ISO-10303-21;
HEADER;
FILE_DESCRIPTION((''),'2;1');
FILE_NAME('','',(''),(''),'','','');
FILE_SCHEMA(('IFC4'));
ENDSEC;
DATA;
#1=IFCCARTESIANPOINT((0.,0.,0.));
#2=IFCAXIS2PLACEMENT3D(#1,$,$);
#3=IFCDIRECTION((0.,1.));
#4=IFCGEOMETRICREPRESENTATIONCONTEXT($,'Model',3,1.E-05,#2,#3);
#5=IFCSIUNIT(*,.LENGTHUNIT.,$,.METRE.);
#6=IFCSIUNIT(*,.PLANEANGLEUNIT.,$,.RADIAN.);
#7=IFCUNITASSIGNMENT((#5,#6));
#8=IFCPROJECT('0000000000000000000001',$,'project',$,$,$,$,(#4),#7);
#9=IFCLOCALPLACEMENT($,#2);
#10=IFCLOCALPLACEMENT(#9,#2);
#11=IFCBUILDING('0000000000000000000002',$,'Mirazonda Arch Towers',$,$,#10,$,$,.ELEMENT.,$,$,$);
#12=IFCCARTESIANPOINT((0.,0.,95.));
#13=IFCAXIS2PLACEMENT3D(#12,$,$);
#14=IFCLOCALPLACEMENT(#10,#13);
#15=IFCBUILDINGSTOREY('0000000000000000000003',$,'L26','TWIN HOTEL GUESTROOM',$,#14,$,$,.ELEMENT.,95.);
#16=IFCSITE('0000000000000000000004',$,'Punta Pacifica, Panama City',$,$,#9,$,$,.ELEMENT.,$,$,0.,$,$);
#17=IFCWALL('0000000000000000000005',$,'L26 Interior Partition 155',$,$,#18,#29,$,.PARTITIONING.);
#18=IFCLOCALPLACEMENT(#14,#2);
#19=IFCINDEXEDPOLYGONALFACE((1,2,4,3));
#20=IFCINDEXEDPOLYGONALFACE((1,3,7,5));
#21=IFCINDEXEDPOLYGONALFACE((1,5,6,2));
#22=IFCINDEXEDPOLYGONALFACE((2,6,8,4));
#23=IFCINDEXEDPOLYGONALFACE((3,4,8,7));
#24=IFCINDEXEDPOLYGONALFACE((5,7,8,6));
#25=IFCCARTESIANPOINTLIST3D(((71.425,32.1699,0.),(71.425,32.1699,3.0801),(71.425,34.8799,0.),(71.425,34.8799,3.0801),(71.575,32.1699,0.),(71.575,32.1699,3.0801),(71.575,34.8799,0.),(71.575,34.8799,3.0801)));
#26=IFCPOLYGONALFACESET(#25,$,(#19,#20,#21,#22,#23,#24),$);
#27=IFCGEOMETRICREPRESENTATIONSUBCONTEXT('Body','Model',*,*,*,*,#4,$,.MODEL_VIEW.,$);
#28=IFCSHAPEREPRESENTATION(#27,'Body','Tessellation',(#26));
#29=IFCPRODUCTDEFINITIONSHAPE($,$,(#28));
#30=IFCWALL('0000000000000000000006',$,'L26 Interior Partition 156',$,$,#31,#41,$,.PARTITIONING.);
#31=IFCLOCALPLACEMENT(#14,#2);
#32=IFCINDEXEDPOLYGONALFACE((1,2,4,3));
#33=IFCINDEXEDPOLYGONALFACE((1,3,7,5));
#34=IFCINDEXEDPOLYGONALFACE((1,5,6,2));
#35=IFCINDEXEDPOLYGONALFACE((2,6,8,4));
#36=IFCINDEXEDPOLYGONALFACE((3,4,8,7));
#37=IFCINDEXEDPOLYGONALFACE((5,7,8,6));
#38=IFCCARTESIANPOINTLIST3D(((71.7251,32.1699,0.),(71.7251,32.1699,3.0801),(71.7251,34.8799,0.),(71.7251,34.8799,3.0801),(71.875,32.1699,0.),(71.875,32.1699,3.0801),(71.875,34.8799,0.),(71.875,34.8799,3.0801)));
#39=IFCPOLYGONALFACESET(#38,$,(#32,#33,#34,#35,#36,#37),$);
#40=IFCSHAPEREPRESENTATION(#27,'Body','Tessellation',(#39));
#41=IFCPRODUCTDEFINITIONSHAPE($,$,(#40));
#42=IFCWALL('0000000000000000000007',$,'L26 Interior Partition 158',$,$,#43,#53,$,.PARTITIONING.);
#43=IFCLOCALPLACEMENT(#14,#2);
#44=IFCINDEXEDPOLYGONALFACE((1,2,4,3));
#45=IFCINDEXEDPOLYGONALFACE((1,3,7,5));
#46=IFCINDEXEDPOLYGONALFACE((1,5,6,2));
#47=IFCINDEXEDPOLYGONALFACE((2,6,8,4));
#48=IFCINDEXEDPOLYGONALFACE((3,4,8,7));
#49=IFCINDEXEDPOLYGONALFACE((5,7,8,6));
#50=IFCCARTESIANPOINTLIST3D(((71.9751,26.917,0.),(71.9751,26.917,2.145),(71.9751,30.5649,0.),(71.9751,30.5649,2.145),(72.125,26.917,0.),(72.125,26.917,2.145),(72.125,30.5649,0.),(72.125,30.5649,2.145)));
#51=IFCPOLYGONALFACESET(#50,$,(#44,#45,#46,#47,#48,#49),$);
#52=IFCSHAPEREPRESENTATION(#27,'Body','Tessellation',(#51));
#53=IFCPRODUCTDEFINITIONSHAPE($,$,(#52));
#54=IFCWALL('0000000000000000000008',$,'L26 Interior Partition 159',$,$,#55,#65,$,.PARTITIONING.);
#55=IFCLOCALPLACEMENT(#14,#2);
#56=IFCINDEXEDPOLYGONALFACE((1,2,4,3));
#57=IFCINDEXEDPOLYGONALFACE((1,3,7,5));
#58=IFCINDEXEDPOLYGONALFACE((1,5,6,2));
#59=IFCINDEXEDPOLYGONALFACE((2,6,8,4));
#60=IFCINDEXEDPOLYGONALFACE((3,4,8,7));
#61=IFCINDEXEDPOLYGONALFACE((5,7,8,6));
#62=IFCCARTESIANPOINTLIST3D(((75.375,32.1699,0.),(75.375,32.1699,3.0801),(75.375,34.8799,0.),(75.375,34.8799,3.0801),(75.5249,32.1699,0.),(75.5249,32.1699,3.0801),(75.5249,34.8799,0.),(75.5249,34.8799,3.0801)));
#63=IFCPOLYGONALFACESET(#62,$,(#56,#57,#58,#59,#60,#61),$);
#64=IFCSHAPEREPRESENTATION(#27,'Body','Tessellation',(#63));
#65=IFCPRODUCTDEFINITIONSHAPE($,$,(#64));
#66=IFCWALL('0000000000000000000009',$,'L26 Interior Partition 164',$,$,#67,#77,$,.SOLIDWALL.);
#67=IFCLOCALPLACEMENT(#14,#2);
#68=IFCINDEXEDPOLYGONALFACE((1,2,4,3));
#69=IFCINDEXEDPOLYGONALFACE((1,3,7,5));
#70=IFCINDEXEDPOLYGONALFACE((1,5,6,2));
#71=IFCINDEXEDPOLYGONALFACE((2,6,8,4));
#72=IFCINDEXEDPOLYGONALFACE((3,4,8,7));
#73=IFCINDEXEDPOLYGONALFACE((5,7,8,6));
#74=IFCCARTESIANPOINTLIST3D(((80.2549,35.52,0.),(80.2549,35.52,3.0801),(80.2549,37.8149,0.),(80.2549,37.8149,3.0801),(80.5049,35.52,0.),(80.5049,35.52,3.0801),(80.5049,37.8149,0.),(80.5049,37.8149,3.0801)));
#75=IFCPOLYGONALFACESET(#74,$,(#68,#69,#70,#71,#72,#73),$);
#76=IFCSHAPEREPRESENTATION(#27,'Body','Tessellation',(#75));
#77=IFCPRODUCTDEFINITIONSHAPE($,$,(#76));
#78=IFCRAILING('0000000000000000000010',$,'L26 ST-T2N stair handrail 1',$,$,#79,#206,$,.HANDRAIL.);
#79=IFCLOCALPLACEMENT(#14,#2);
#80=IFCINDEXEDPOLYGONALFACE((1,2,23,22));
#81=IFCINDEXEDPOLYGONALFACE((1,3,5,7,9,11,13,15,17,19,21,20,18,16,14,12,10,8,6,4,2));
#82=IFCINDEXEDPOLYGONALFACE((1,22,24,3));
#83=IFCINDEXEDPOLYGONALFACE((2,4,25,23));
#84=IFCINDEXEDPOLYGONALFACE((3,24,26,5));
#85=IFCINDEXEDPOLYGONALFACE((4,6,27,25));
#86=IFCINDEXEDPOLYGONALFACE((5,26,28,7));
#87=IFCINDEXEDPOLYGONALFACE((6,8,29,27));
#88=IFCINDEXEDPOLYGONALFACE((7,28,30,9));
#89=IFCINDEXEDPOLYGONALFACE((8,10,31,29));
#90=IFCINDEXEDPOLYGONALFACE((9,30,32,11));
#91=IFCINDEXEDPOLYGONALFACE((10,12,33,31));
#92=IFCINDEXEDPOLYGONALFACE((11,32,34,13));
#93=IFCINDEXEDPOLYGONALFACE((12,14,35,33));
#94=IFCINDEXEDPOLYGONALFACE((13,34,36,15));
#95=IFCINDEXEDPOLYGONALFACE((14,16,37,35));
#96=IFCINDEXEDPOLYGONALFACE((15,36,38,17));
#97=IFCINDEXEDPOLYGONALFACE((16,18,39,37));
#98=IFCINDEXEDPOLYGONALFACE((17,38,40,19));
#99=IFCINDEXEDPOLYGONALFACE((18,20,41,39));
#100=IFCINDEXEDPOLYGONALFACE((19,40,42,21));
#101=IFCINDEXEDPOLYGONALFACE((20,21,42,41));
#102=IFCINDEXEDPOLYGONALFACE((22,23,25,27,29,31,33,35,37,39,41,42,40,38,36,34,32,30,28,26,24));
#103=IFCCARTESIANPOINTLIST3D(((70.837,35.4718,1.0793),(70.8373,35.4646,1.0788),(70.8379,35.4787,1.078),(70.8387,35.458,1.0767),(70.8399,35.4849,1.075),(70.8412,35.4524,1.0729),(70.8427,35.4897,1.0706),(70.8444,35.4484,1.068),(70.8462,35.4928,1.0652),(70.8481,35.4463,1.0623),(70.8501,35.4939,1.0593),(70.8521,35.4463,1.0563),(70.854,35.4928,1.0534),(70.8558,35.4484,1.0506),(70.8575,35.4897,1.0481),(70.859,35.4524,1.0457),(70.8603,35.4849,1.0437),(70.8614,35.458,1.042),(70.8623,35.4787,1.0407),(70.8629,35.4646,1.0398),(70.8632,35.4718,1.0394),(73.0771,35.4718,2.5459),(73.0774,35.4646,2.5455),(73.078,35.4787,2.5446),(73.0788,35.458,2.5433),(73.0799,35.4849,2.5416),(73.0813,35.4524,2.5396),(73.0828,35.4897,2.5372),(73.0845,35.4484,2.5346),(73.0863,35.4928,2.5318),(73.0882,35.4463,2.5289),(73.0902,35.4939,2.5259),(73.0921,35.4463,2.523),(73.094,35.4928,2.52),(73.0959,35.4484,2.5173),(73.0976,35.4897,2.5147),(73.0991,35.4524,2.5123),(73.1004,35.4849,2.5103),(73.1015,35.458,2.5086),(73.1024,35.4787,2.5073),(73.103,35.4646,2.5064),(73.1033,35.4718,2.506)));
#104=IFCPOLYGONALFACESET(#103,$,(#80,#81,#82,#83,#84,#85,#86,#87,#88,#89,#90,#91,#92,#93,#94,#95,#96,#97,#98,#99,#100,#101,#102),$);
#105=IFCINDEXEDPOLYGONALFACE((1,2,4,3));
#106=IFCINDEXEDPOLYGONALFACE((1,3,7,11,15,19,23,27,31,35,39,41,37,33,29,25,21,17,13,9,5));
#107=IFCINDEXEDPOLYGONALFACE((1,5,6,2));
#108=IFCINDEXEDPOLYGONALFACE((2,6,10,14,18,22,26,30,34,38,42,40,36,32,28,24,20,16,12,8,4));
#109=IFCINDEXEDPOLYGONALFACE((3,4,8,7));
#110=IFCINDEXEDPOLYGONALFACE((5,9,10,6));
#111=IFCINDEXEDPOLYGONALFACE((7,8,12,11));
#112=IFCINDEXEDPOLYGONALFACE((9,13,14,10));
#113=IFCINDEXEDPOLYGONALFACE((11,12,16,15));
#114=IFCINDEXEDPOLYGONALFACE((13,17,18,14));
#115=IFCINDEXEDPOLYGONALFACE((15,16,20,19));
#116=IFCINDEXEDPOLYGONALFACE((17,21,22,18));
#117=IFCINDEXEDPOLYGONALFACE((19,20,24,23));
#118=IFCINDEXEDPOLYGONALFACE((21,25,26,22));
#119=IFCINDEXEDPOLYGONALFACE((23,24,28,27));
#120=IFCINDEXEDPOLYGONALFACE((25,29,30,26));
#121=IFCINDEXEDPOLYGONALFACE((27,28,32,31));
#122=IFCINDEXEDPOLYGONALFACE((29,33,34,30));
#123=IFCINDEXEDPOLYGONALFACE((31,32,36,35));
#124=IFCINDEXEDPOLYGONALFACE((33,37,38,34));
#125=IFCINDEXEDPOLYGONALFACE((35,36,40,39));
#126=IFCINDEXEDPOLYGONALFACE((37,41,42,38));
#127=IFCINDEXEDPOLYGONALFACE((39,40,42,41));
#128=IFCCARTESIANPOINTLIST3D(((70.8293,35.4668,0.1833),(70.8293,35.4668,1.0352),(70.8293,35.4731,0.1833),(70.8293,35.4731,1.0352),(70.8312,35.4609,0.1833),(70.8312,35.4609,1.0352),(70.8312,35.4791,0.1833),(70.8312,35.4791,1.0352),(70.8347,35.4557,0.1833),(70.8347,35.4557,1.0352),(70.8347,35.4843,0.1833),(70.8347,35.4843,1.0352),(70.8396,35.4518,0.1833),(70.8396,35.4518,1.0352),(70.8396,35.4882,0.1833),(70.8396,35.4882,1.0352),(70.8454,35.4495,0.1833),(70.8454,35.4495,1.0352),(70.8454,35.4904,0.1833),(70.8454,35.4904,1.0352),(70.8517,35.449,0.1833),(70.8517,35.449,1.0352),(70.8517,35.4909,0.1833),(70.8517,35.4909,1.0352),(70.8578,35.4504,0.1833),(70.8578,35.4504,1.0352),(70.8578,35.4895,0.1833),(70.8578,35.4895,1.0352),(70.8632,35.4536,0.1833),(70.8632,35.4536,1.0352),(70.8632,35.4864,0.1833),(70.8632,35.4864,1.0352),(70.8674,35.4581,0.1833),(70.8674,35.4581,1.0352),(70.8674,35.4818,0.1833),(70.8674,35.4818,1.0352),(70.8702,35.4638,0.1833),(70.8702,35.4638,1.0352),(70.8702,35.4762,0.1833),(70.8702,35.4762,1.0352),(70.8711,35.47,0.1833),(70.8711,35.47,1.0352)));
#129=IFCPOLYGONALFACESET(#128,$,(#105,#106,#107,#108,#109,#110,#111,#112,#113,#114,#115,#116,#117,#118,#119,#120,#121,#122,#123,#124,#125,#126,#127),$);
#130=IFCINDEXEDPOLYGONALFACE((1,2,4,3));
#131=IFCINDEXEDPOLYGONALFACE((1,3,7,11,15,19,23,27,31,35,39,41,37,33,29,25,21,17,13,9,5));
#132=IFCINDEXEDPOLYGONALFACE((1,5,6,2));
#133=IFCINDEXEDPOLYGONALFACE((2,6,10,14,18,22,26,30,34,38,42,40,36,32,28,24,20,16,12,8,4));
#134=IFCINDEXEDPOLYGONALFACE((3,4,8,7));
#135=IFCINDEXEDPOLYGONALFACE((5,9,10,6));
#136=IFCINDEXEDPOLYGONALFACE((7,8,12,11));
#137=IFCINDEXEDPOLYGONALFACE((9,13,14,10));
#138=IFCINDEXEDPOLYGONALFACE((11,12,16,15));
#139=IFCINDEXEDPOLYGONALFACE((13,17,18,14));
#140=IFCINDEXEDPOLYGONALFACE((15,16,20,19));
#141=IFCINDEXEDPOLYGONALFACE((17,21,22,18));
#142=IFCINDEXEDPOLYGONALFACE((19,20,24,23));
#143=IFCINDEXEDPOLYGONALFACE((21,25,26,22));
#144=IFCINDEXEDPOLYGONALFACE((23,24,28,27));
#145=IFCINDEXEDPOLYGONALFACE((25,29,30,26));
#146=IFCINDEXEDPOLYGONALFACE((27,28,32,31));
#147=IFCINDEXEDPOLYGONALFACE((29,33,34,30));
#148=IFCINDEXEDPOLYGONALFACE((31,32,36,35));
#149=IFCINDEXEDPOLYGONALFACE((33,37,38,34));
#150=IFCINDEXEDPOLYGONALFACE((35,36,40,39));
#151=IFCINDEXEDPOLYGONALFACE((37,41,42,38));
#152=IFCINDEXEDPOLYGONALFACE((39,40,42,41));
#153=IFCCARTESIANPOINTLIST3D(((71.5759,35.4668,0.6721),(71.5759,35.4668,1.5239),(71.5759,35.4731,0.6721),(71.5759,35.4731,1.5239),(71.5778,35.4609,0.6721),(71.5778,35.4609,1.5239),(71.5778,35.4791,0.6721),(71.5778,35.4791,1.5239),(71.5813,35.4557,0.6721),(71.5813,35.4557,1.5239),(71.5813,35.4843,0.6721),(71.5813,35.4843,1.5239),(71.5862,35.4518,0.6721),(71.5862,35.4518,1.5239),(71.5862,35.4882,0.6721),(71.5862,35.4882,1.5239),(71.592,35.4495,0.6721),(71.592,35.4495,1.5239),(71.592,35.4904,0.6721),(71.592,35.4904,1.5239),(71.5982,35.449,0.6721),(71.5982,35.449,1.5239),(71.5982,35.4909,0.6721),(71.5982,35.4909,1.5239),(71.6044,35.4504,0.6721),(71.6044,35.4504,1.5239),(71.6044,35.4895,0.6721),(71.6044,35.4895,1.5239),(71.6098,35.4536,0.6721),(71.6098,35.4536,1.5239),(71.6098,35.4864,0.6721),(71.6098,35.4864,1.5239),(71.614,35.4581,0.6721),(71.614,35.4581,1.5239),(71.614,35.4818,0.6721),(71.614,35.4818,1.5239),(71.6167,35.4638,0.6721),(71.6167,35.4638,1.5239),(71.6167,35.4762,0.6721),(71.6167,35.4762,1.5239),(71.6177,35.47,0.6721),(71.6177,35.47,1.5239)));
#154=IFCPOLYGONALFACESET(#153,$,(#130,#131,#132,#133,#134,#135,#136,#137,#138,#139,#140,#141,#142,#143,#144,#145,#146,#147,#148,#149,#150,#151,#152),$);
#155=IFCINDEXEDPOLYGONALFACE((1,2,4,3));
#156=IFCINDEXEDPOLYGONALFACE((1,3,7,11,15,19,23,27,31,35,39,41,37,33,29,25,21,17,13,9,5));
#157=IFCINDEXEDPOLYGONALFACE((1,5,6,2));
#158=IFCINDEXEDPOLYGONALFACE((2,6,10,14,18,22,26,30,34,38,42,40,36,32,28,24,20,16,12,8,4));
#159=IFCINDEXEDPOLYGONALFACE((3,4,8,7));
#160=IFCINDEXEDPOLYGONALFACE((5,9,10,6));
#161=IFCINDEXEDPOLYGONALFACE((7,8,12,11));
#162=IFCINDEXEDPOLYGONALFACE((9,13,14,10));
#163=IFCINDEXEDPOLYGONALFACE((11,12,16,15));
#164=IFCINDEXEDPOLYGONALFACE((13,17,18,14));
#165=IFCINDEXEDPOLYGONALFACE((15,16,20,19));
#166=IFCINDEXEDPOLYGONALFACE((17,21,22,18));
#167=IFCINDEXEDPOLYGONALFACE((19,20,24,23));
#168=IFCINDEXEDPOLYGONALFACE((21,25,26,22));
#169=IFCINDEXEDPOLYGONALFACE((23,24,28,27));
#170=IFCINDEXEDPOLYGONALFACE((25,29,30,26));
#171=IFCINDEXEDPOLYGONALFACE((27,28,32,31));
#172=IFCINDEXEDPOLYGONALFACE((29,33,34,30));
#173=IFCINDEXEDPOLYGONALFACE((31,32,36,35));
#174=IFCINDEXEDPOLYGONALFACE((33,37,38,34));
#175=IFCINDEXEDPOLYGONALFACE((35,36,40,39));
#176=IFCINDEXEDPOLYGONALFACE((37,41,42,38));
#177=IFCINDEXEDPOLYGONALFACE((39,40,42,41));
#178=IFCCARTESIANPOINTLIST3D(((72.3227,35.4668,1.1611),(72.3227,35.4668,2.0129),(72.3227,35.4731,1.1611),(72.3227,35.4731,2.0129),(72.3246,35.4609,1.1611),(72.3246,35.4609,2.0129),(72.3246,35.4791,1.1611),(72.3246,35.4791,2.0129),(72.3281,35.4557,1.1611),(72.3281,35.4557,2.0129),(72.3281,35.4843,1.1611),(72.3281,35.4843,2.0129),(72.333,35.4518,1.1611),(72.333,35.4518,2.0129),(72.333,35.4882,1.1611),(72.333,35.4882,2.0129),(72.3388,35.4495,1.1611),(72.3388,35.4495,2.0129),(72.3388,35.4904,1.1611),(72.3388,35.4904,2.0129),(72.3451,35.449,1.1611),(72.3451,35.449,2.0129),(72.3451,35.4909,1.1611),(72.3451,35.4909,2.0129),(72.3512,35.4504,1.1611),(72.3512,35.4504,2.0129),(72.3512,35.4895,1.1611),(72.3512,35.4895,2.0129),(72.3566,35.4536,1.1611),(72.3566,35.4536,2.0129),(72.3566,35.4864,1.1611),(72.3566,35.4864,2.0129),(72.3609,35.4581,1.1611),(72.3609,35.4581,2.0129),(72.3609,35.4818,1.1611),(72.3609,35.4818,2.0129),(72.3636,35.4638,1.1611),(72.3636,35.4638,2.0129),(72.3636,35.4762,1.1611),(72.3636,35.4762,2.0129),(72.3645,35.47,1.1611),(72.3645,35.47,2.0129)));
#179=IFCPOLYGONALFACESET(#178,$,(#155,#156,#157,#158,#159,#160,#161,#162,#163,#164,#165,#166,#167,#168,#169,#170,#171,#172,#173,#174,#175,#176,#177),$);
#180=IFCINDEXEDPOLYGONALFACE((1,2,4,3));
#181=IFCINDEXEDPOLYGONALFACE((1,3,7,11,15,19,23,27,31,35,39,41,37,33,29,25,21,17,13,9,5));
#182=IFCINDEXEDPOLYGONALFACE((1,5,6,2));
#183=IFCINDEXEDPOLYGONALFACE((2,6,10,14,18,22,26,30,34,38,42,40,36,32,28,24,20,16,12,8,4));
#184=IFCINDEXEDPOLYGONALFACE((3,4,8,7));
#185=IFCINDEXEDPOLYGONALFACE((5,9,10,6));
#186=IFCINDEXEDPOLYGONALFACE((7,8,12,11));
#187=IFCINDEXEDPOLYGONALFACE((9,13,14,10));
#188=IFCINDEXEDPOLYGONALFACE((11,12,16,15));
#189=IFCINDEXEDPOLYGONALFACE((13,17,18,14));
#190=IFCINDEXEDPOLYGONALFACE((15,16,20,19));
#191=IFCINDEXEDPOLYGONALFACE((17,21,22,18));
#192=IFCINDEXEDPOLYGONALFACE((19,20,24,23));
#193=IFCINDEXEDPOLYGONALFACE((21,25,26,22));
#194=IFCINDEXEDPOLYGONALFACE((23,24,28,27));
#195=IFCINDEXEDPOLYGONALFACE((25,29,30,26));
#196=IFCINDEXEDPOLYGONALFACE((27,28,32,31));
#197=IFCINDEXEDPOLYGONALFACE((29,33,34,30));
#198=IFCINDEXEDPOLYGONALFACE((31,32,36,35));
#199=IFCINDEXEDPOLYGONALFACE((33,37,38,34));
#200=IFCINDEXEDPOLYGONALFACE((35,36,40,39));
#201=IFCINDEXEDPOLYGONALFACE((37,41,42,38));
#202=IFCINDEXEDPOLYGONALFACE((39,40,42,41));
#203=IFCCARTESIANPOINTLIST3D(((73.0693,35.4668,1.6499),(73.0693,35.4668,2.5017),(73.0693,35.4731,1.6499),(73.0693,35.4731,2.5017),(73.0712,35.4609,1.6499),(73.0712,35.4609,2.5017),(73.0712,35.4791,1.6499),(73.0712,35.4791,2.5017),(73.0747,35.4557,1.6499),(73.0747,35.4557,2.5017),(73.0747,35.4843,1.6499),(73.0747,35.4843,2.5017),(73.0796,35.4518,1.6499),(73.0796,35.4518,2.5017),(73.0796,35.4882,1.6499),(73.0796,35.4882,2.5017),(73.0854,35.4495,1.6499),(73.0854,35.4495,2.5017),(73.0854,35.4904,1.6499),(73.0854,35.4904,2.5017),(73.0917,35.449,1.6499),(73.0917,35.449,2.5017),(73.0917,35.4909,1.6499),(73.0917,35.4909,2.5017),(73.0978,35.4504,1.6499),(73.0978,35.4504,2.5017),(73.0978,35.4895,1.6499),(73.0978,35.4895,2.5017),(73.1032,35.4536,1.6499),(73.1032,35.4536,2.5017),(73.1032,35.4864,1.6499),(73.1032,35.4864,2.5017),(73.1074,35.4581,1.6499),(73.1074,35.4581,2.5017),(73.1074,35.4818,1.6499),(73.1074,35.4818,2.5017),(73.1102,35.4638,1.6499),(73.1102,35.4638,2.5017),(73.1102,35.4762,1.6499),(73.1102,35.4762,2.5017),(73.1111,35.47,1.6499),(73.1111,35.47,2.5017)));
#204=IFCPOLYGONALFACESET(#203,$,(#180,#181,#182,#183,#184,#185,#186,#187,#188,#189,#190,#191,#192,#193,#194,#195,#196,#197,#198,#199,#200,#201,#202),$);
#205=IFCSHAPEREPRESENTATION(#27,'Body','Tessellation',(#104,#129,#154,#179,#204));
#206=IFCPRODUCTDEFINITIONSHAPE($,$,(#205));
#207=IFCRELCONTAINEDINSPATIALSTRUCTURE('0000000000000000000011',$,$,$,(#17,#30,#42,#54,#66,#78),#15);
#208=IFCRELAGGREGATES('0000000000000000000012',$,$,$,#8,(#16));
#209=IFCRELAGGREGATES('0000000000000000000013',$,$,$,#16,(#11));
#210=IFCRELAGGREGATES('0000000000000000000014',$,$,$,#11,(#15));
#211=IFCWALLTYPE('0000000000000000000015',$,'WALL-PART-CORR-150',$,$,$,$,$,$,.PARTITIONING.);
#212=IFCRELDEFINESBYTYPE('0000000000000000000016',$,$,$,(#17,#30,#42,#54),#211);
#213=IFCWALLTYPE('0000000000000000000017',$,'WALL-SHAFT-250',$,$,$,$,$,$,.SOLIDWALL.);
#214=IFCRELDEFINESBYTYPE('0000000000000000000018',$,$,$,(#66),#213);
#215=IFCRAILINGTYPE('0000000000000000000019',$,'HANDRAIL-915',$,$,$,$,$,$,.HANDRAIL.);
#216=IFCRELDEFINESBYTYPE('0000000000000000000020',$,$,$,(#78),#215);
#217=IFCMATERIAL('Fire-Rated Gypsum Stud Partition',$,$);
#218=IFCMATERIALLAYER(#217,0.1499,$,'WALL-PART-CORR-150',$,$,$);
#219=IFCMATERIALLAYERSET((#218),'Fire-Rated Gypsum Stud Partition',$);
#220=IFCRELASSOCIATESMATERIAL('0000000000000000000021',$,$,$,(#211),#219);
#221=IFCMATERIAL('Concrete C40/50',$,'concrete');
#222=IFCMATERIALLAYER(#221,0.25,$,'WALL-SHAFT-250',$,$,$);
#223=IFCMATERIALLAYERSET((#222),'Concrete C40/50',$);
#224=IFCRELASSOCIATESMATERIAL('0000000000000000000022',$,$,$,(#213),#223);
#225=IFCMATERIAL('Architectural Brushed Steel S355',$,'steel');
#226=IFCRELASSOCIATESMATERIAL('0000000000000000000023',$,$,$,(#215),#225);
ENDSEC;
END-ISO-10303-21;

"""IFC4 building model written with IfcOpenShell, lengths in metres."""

from ifc_helpers import new_model, si_unit, direction, frame, frame_2d, origin, origin_2d, place, context, subcontext, project, spatial, rectangle, circle, extrude, material, layer, layer_set, type_object, element, save


model = new_model("IFC4")

# Units and contexts
model_context = context("Model", 3, precision=1e-05, world=origin(), true_north=direction((0.0, 1.0)))
body_context = subcontext(model_context, "Body", "Model", "MODEL_VIEW")
ifc_project = project(units=[si_unit("LENGTHUNIT", "METRE"), si_unit("PLANEANGLEUNIT", "RADIAN")], contexts=[model_context])

# Site, building, storey
site_placement = place(None, origin())
site = spatial("IfcSite", under=ifc_project, at=site_placement, Name="Punta Pacifica, Panama City", CompositionType="ELEMENT", RefElevation=0.0)
building_placement = place(site_placement, origin())
building = spatial("IfcBuilding", under=site, at=building_placement, Name="Mirazonda Arch Towers", CompositionType="ELEMENT")
storey_placement = place(building_placement, frame((0.0, 0.0, 95.0)))
storey = spatial("IfcBuildingStorey", under=building, at=storey_placement, Name="L26", Description="TWIN HOTEL GUESTROOM", CompositionType="ELEMENT", Elevation=95.0)

# Shared definitions
ifc_material_1 = material(Name="Architectural Brushed Steel S355", Category="steel")
ifc_material_2 = material(Name="Concrete C40/50", Category="concrete")

# Walls
ifc_material_3 = material(Name="Fire-Rated Gypsum Stud Partition")
ifc_layer_1 = layer(ifc_material_3, 0.1499, Name="WALL-PART-CORR-150")
ifc_layer_set_1 = layer_set([ifc_layer_1], Name="Fire-Rated Gypsum Stud Partition")
wall_type_1 = type_object("IfcWallType", Name="WALL-PART-CORR-150", PredefinedType="PARTITIONING", material=ifc_layer_set_1)
for number, where, z_axis, x_axis, name in (
    (1, (71.5, 32.1699, 0.0), (0.0, 0.0, 1.0), (0.0, 1.0, 0.0), "L26 Interior Partition 155"),
    (2, (71.8, 32.1699, 0.0), (0.0, 0.0, 1.0), (0.0, 1.0, 0.0), "L26 Interior Partition 156"),
):
    element("IfcWall", number, at=place(storey_placement, frame(where, z_axis=z_axis, x_axis=x_axis)), inside=storey, type_object=wall_type_1, Name=name, PredefinedType="PARTITIONING", context=body_context, shape_type="SweptSolid", body=[
        extrude(rectangle(XDim=2.71, YDim=0.1499, at=frame_2d((1.355, 0.0))), origin(), (0.0, 0.0, 1.0), 3.0801),
    ])
wall_1_placement = place(storey_placement, frame((72.05, 26.917, 0.0), z_axis=(0.0, 0.0, 1.0), x_axis=(0.0, 1.0, 0.0)))
element("IfcWall", 3, at=wall_1_placement, inside=storey, type_object=wall_type_1, Name="L26 Interior Partition 158", PredefinedType="PARTITIONING", context=body_context, shape_type="SweptSolid", body=[
    extrude(rectangle(XDim=3.6479, YDim=0.1499, at=frame_2d((1.824, 0.0))), origin(), (0.0, 0.0, 1.0), 2.145),
])
wall_2_placement = place(storey_placement, frame((75.45, 32.1699, 0.0), z_axis=(0.0, 0.0, 1.0), x_axis=(0.0, 1.0, 0.0)))
element("IfcWall", 4, at=wall_2_placement, inside=storey, type_object=wall_type_1, Name="L26 Interior Partition 159", PredefinedType="PARTITIONING", context=body_context, shape_type="SweptSolid", body=[
    extrude(rectangle(XDim=2.71, YDim=0.1499, at=frame_2d((1.355, 0.0))), origin(), (0.0, 0.0, 1.0), 3.0801),
])
ifc_layer_2 = layer(ifc_material_2, 0.25, Name="WALL-SHAFT-250")
ifc_layer_set_2 = layer_set([ifc_layer_2], Name="Concrete C40/50")
wall_type_2 = type_object("IfcWallType", Name="WALL-SHAFT-250", PredefinedType="SOLIDWALL", material=ifc_layer_set_2)
wall_3_placement = place(storey_placement, frame((80.3799, 35.52, 0.0), z_axis=(0.0, 0.0, 1.0), x_axis=(0.0, 1.0, 0.0)))
element("IfcWall", 5, at=wall_3_placement, inside=storey, type_object=wall_type_2, Name="L26 Interior Partition 164", PredefinedType="SOLIDWALL", context=body_context, shape_type="SweptSolid", body=[
    extrude(rectangle(XDim=2.2949, YDim=0.25, at=frame_2d((1.1475, 0.0))), origin(), (0.0, 0.0, 1.0), 3.0801),
])

# Railing
railing_type = type_object("IfcRailingType", Name="HANDRAIL-915", PredefinedType="HANDRAIL", material=ifc_material_1)
railing_placement = place(storey_placement, frame((70.8501, 35.47, 0.1833)))
element("IfcRailing", 6, at=railing_placement, inside=storey, type_object=railing_type, Name="L26 ST-T2N stair handrail 1", PredefinedType="HANDRAIL", context=body_context, shape_type="SweptSolid", body=[
    extrude(circle(Radius=0.0239, at=origin_2d()), frame((0.0, 0.0, 0.876), z_axis=(0.836637, 0.0, 0.547758), x_axis=(0.0, 1.0, 0.0)), (0.0, 0.0, 1.0), 2.6775),
    extrude(circle(Radius=0.021, at=origin_2d()), origin(), (0.0, 0.0, 1.0), 0.8518),
    extrude(circle(Radius=0.021, at=origin_2d()), frame((0.7466, 0.0, 0.4888)), (0.0, 0.0, 1.0), 0.8518),
    extrude(circle(Radius=0.021, at=origin_2d()), frame((1.4934, 0.0, 0.9778)), (0.0, 0.0, 1.0), 0.8518),
    extrude(circle(Radius=0.021, at=origin_2d()), frame((2.24, 0.0, 1.4666)), (0.0, 0.0, 1.0), 0.8518),
])

save(model, "model.ifc")
